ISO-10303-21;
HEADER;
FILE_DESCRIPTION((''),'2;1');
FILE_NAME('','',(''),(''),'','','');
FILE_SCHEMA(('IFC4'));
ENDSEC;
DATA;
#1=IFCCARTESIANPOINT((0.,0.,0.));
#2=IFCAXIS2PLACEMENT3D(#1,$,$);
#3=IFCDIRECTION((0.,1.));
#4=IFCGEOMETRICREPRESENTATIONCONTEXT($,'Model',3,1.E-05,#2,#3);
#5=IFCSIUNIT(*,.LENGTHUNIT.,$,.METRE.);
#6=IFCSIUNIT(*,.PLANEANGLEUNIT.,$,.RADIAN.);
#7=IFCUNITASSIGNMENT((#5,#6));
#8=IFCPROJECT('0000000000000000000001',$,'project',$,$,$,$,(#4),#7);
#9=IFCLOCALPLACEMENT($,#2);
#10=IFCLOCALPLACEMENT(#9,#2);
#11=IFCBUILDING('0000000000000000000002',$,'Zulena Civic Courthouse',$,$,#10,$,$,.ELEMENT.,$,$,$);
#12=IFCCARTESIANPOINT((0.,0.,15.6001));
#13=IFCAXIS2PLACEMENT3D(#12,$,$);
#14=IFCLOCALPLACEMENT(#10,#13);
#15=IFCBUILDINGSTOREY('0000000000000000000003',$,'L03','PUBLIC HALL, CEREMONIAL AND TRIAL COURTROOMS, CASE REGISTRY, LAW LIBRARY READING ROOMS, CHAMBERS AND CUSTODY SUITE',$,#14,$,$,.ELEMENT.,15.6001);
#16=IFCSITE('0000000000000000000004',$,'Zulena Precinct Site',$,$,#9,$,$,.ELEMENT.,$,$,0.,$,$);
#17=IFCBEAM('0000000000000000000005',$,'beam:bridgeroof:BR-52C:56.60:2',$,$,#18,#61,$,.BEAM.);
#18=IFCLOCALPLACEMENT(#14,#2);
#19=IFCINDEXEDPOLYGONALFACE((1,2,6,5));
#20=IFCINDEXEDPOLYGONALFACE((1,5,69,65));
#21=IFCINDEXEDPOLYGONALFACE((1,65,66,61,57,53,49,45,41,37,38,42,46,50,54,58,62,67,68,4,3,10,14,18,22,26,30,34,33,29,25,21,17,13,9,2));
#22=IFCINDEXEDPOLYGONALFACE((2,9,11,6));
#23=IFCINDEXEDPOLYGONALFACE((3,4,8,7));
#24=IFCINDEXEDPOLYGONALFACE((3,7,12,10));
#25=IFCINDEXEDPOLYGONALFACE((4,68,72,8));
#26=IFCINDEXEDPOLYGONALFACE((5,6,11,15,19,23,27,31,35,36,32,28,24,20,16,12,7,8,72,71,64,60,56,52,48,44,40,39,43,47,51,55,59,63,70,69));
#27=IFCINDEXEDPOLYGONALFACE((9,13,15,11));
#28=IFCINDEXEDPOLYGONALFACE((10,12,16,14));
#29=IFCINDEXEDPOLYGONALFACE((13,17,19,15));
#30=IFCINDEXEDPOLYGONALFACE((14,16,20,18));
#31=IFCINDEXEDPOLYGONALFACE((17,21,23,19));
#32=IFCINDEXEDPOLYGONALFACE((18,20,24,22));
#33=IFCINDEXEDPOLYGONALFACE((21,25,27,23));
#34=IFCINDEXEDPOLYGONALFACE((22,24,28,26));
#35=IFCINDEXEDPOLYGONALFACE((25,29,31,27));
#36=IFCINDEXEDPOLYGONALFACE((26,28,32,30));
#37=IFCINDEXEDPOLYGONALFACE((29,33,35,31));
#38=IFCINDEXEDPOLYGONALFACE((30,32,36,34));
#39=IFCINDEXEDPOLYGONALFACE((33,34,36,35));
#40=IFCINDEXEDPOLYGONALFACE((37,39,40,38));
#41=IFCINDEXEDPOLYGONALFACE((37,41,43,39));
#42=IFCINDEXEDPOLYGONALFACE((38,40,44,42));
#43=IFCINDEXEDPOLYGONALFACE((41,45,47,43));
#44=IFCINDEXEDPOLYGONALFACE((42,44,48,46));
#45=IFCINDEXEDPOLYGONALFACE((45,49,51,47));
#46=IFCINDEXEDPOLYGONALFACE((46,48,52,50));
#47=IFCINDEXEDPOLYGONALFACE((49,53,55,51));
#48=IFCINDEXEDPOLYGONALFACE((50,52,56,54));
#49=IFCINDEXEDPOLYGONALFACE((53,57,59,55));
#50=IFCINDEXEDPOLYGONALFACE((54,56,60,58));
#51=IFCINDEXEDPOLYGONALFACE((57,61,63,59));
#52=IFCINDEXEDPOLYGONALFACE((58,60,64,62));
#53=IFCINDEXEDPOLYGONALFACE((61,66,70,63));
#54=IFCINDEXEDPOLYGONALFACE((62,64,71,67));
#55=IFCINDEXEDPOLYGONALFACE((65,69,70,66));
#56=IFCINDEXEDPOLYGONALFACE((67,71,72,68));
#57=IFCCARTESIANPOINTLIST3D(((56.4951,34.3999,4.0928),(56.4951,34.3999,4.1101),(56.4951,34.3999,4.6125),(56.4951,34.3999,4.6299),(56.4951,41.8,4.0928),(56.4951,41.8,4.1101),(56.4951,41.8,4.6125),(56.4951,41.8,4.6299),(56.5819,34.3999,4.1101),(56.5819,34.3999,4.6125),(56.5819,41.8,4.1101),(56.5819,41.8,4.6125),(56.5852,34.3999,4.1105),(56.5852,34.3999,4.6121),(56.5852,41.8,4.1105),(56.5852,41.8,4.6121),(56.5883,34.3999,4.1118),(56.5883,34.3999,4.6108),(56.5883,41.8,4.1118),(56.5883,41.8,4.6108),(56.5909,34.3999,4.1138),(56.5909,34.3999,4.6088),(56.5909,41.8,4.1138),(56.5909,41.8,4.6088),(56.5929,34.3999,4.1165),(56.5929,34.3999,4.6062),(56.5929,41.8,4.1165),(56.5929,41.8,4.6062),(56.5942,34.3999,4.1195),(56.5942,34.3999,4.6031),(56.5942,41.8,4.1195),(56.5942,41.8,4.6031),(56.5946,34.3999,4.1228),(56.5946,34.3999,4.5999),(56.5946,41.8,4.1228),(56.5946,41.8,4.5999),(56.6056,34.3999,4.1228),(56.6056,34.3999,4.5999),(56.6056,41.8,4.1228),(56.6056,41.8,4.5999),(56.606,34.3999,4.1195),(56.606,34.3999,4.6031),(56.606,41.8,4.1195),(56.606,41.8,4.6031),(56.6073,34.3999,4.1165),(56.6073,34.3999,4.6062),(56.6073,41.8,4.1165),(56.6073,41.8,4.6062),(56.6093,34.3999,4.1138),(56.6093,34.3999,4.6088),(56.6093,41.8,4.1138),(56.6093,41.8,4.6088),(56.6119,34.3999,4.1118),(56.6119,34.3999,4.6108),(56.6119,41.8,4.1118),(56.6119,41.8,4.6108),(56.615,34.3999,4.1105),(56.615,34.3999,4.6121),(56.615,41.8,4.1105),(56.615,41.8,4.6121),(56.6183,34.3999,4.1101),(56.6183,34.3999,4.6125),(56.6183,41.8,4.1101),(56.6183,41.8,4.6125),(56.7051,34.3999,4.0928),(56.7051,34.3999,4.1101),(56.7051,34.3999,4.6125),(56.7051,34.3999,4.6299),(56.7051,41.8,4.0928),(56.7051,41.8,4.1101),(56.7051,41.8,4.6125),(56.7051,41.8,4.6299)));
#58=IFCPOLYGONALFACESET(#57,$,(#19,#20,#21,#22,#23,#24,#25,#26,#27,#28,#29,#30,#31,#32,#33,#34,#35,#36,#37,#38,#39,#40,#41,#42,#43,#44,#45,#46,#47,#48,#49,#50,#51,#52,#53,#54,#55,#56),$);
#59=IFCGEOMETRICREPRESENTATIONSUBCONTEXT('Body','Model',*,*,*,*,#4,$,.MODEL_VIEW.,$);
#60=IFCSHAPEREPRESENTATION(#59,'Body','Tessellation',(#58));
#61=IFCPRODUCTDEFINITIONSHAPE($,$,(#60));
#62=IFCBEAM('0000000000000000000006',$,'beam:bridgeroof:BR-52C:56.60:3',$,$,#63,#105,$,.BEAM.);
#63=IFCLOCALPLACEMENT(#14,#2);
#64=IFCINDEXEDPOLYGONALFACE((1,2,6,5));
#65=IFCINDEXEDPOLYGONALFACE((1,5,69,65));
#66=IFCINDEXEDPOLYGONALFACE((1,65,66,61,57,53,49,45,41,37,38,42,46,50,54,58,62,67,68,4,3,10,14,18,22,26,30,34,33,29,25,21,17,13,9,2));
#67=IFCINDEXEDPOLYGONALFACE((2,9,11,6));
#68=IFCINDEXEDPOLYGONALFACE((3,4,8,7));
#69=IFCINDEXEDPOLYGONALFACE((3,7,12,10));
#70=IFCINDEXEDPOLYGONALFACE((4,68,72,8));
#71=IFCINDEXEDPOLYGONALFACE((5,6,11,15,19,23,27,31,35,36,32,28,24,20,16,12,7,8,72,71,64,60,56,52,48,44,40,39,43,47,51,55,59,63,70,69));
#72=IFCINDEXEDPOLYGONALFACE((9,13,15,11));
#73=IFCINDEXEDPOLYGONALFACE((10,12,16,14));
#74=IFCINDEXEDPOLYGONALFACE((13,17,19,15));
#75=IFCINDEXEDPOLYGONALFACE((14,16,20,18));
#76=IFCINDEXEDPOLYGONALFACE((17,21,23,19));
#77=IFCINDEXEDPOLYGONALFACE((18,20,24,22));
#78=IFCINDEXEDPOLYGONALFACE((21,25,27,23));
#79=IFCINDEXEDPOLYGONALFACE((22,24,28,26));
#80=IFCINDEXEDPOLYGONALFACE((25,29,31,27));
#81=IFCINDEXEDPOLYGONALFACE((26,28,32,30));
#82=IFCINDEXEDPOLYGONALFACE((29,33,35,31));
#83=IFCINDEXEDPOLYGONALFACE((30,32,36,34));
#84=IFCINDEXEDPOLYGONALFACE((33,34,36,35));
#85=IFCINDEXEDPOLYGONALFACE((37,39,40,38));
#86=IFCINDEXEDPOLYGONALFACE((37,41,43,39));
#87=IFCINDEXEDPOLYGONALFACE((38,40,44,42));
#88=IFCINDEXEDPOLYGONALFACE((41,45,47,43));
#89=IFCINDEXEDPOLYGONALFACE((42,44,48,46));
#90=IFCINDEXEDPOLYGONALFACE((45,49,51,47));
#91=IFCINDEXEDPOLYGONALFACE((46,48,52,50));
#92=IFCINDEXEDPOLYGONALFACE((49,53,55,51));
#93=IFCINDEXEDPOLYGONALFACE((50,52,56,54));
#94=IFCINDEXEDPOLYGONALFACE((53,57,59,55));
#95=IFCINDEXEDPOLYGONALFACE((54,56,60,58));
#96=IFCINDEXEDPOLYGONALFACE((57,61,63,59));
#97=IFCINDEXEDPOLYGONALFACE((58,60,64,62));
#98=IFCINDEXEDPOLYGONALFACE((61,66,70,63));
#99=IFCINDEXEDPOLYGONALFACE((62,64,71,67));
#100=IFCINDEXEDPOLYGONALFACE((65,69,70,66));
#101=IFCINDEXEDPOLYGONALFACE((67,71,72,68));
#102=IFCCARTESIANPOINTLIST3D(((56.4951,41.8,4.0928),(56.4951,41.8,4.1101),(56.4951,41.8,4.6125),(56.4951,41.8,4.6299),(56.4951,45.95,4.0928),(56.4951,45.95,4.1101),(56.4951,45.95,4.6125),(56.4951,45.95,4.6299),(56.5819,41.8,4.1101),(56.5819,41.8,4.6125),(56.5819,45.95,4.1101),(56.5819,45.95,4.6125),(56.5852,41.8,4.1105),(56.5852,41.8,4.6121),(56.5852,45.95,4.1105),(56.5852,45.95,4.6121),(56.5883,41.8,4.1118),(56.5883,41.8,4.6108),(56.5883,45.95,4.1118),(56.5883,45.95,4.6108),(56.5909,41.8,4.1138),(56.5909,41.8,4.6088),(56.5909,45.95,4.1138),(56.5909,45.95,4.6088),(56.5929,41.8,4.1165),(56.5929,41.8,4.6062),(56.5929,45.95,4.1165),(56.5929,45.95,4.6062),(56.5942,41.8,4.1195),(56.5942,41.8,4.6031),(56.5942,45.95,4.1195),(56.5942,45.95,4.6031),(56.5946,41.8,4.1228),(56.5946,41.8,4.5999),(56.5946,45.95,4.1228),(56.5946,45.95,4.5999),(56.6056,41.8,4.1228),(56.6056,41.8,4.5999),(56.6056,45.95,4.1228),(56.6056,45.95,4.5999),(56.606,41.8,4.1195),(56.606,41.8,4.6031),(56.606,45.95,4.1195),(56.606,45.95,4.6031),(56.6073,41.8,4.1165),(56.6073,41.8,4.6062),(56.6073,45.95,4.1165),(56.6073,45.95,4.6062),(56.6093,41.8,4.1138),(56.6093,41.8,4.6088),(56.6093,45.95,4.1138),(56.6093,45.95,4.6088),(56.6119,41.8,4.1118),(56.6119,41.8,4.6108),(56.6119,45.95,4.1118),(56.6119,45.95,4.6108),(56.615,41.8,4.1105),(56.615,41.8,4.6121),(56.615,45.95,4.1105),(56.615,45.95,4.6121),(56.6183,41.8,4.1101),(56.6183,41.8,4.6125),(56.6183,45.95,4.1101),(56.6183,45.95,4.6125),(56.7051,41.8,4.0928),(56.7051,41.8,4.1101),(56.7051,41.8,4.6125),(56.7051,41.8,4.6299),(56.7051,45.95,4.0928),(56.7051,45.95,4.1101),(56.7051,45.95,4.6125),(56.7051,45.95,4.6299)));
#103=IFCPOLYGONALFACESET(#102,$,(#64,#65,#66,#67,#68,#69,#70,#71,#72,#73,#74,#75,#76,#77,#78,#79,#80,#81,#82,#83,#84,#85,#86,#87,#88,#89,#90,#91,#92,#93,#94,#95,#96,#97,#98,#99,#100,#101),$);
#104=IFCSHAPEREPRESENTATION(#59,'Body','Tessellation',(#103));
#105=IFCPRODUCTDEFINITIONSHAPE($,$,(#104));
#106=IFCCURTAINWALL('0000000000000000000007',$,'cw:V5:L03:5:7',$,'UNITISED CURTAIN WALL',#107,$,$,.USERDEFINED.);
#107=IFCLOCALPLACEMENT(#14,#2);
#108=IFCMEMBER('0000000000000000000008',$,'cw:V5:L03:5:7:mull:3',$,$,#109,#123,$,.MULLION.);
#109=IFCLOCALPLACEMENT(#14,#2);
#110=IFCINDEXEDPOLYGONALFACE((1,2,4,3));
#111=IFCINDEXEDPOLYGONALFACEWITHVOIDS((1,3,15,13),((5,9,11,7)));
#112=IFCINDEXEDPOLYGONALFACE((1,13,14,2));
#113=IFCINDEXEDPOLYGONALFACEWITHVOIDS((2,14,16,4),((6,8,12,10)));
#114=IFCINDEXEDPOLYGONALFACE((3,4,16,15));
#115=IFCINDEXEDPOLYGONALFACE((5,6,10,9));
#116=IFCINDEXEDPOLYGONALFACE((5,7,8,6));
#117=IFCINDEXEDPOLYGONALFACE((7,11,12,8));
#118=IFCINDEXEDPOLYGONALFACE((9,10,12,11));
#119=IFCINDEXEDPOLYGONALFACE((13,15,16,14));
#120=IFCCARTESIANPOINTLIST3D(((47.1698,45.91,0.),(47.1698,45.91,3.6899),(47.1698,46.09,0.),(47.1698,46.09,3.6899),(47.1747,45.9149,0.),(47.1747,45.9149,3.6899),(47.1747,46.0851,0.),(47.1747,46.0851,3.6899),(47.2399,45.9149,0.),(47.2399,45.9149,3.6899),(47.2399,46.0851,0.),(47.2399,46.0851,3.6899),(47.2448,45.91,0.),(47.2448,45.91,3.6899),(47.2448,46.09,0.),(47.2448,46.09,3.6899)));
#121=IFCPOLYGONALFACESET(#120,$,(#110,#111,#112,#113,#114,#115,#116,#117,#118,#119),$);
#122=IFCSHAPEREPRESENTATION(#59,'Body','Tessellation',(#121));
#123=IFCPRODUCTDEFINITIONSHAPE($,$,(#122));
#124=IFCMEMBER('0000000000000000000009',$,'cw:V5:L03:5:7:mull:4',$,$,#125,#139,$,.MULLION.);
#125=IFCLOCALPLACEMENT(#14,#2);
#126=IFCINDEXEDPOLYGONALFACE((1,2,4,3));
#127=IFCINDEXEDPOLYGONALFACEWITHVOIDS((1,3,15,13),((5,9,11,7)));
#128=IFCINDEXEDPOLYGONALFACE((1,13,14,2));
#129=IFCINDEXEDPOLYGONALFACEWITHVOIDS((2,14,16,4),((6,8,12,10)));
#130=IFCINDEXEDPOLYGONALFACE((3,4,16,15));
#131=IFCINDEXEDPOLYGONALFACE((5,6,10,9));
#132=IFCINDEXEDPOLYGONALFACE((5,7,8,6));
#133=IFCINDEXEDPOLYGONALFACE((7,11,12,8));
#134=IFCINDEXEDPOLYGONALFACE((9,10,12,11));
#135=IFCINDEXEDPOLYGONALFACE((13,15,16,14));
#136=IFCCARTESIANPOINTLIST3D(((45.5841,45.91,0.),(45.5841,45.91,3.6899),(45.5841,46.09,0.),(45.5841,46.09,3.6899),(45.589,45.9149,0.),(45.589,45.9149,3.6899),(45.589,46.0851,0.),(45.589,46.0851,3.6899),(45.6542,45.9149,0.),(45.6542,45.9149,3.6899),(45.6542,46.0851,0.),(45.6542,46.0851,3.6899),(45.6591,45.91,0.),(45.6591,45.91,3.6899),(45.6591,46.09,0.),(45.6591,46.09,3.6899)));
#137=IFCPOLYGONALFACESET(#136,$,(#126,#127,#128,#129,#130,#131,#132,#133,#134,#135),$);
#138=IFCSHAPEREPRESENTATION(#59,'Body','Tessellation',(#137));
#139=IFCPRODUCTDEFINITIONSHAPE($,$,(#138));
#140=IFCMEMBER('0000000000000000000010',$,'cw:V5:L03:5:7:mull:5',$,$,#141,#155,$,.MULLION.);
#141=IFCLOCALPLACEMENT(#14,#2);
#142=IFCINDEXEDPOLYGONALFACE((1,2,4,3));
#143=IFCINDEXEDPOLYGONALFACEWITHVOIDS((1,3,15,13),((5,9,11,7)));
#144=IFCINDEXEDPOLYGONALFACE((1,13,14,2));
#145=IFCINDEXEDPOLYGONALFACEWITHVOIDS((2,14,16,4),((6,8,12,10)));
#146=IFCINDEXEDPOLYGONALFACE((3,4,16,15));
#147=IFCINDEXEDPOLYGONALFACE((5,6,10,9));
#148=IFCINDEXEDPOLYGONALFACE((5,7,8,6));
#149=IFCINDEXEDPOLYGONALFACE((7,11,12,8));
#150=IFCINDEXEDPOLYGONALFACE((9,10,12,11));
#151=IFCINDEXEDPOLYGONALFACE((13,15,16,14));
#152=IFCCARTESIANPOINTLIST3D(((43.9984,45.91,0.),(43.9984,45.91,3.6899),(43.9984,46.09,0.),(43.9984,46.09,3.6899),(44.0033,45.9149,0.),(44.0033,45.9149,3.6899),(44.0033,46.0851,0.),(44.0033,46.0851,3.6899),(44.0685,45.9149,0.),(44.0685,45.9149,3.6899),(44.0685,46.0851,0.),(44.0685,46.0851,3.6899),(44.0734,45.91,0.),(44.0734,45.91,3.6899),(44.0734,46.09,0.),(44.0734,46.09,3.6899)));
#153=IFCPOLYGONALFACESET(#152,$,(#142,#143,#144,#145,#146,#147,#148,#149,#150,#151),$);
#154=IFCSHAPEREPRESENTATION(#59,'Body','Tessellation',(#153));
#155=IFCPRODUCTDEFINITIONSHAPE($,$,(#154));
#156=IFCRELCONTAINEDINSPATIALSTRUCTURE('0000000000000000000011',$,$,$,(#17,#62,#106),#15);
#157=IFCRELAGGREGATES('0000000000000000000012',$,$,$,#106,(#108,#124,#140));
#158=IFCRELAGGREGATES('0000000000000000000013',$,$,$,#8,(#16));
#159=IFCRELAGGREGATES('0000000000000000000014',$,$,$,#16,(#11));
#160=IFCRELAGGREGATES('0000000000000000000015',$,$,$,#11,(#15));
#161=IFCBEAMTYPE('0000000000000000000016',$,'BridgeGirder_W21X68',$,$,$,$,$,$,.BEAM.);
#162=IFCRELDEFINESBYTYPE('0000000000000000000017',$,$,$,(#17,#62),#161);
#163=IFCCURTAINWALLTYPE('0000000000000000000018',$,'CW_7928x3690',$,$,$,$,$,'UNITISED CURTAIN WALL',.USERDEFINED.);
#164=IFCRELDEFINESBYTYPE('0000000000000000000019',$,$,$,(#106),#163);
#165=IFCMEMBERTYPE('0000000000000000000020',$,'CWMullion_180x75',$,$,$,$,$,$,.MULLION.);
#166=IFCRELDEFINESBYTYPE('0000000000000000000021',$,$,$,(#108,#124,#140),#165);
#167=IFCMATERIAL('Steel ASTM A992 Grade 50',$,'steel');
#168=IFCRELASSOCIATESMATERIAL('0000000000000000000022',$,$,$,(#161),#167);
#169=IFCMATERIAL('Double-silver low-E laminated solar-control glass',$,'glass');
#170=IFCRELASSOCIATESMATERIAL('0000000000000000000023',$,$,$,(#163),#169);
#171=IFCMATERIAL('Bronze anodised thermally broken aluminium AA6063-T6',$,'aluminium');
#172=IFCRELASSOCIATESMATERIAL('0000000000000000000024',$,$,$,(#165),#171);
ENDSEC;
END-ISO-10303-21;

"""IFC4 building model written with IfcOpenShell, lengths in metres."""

from ifc_helpers import new_model, si_unit, direction, frame, origin, origin_2d, place, context, subcontext, project, spatial, hollow_rectangle, i_section, extrude, material, material_profile, profile_set, type_object, element, aggregate, save


model = new_model("IFC4")

# Units and contexts
model_context = context("Model", 3, precision=1e-05, world=origin(), true_north=direction((0.0, 1.0)))
body_context = subcontext(model_context, "Body", "Model", "MODEL_VIEW")
ifc_project = project(units=[si_unit("LENGTHUNIT", "METRE"), si_unit("PLANEANGLEUNIT", "RADIAN")], contexts=[model_context])

# Site, building, storey
site_placement = place(None, origin())
site = spatial("IfcSite", under=ifc_project, at=site_placement, Name="Zulena Precinct Site", CompositionType="ELEMENT", RefElevation=0.0)
building_placement = place(site_placement, origin())
building = spatial("IfcBuilding", under=site, at=building_placement, Name="Zulena Civic Courthouse", CompositionType="ELEMENT")
storey_placement = place(building_placement, frame((0.0, 0.0, 15.6001)))
storey = spatial("IfcBuildingStorey", under=building, at=storey_placement, Name="L03", Description="PUBLIC HALL, CEREMONIAL AND TRIAL COURTROOMS, CASE REGISTRY, LAW LIBRARY READING ROOMS, CHAMBERS AND CUSTODY SUITE", CompositionType="ELEMENT", Elevation=15.6001)

# Shared definitions
ifc_material_1 = material(Name="Steel ASTM A992 Grade 50", Category="steel")

# Beams
ifc_material_profile_1 = material_profile(ifc_material_1, i_section(OverallWidth=0.21, OverallDepth=0.5371, WebThickness=0.011, FlangeThickness=0.0173, FilletRadius=0.0127, at=origin_2d()), Name="W21X68")
ifc_profile_set_1 = profile_set([ifc_material_profile_1], Name="Steel ASTM A992 Grade 50")
beam_type_1 = type_object("IfcBeamType", Name="BridgeGirder_W21X68", PredefinedType="BEAM", material=ifc_profile_set_1)
beam_1_placement = place(storey_placement, frame((56.6001, 34.3999, 4.3613), z_axis=(0.0, 1.0, 0.0), x_axis=(-1.0, 0.0, 0.0)))
element("IfcBeam", 1, at=beam_1_placement, inside=storey, type_object=beam_type_1, Name="beam:bridgeroof:BR-52C:56.60:2", PredefinedType="BEAM", context=body_context, shape_type="SweptSolid", body=[
    extrude(i_section(OverallWidth=0.21, OverallDepth=0.5371, WebThickness=0.011, FlangeThickness=0.0173, FilletRadius=0.0127, at=origin_2d()), origin(), (0.0, 0.0, 1.0), 7.4001),
])
beam_2_placement = place(storey_placement, frame((56.6001, 41.8, 4.3613), z_axis=(0.0, 1.0, 0.0), x_axis=(-1.0, 0.0, 0.0)))
element("IfcBeam", 2, at=beam_2_placement, inside=storey, type_object=beam_type_1, Name="beam:bridgeroof:BR-52C:56.60:3", PredefinedType="BEAM", context=body_context, shape_type="SweptSolid", body=[
    extrude(i_section(OverallWidth=0.21, OverallDepth=0.5371, WebThickness=0.011, FlangeThickness=0.0173, FilletRadius=0.0127, at=origin_2d()), origin(), (0.0, 0.0, 1.0), 4.1499),
])

# Curtain wall, members
ifc_material_2 = material(Name="Double-silver low-E laminated solar-control glass", Category="glass")
curtain_wall_type = type_object("IfcCurtainWallType", Name="CW_7928x3690", ElementType="UNITISED CURTAIN WALL", PredefinedType="USERDEFINED", material=ifc_material_2)
curtain_wall_placement = place(storey_placement, origin())
curtain_wall = element("IfcCurtainWall", 3, at=curtain_wall_placement, inside=storey, type_object=curtain_wall_type, Name="cw:V5:L03:5:7", ObjectType="UNITISED CURTAIN WALL", PredefinedType="USERDEFINED")
ifc_material_3 = material(Name="Bronze anodised thermally broken aluminium AA6063-T6", Category="aluminium")
ifc_material_profile_2 = material_profile(ifc_material_3, hollow_rectangle(XDim=0.075, YDim=0.1799, WallThickness=0.0049, at=origin_2d()), Name="CWM180X75X5")
ifc_profile_set_2 = profile_set([ifc_material_profile_2], Name="Bronze anodised thermally broken aluminium AA6063-T6")
member_type = type_object("IfcMemberType", Name="CWMullion_180x75", PredefinedType="MULLION", material=ifc_profile_set_2)
member_1_placement = place(storey_placement, frame((47.2073, 46.0, 0.0), z_axis=(0.0, 0.0, 1.0), x_axis=(1.0, 0.0, 0.0)))
member_1 = element("IfcMember", 4, at=member_1_placement, type_object=member_type, Name="cw:V5:L03:5:7:mull:3", PredefinedType="MULLION", context=body_context, shape_type="SweptSolid", body=[
    extrude(hollow_rectangle(XDim=0.075, YDim=0.1799, WallThickness=0.0049, at=origin_2d()), origin(), (0.0, 0.0, 1.0), 3.6899),
])
member_2_placement = place(storey_placement, frame((45.6216, 46.0, 0.0), z_axis=(0.0, 0.0, 1.0), x_axis=(1.0, 0.0, 0.0)))
member_2 = element("IfcMember", 5, at=member_2_placement, type_object=member_type, Name="cw:V5:L03:5:7:mull:4", PredefinedType="MULLION", context=body_context, shape_type="SweptSolid", body=[
    extrude(hollow_rectangle(XDim=0.075, YDim=0.1799, WallThickness=0.0049, at=origin_2d()), origin(), (0.0, 0.0, 1.0), 3.6899),
])
member_3_placement = place(storey_placement, frame((44.0359, 46.0, 0.0), z_axis=(0.0, 0.0, 1.0), x_axis=(1.0, 0.0, 0.0)))
member_3 = element("IfcMember", 6, at=member_3_placement, type_object=member_type, Name="cw:V5:L03:5:7:mull:5", PredefinedType="MULLION", context=body_context, shape_type="SweptSolid", body=[
    extrude(hollow_rectangle(XDim=0.075, YDim=0.1799, WallThickness=0.0049, at=origin_2d()), origin(), (0.0, 0.0, 1.0), 3.6899),
])

aggregate(curtain_wall, [member_1, member_2, member_3])

save(model, "model.ifc")
